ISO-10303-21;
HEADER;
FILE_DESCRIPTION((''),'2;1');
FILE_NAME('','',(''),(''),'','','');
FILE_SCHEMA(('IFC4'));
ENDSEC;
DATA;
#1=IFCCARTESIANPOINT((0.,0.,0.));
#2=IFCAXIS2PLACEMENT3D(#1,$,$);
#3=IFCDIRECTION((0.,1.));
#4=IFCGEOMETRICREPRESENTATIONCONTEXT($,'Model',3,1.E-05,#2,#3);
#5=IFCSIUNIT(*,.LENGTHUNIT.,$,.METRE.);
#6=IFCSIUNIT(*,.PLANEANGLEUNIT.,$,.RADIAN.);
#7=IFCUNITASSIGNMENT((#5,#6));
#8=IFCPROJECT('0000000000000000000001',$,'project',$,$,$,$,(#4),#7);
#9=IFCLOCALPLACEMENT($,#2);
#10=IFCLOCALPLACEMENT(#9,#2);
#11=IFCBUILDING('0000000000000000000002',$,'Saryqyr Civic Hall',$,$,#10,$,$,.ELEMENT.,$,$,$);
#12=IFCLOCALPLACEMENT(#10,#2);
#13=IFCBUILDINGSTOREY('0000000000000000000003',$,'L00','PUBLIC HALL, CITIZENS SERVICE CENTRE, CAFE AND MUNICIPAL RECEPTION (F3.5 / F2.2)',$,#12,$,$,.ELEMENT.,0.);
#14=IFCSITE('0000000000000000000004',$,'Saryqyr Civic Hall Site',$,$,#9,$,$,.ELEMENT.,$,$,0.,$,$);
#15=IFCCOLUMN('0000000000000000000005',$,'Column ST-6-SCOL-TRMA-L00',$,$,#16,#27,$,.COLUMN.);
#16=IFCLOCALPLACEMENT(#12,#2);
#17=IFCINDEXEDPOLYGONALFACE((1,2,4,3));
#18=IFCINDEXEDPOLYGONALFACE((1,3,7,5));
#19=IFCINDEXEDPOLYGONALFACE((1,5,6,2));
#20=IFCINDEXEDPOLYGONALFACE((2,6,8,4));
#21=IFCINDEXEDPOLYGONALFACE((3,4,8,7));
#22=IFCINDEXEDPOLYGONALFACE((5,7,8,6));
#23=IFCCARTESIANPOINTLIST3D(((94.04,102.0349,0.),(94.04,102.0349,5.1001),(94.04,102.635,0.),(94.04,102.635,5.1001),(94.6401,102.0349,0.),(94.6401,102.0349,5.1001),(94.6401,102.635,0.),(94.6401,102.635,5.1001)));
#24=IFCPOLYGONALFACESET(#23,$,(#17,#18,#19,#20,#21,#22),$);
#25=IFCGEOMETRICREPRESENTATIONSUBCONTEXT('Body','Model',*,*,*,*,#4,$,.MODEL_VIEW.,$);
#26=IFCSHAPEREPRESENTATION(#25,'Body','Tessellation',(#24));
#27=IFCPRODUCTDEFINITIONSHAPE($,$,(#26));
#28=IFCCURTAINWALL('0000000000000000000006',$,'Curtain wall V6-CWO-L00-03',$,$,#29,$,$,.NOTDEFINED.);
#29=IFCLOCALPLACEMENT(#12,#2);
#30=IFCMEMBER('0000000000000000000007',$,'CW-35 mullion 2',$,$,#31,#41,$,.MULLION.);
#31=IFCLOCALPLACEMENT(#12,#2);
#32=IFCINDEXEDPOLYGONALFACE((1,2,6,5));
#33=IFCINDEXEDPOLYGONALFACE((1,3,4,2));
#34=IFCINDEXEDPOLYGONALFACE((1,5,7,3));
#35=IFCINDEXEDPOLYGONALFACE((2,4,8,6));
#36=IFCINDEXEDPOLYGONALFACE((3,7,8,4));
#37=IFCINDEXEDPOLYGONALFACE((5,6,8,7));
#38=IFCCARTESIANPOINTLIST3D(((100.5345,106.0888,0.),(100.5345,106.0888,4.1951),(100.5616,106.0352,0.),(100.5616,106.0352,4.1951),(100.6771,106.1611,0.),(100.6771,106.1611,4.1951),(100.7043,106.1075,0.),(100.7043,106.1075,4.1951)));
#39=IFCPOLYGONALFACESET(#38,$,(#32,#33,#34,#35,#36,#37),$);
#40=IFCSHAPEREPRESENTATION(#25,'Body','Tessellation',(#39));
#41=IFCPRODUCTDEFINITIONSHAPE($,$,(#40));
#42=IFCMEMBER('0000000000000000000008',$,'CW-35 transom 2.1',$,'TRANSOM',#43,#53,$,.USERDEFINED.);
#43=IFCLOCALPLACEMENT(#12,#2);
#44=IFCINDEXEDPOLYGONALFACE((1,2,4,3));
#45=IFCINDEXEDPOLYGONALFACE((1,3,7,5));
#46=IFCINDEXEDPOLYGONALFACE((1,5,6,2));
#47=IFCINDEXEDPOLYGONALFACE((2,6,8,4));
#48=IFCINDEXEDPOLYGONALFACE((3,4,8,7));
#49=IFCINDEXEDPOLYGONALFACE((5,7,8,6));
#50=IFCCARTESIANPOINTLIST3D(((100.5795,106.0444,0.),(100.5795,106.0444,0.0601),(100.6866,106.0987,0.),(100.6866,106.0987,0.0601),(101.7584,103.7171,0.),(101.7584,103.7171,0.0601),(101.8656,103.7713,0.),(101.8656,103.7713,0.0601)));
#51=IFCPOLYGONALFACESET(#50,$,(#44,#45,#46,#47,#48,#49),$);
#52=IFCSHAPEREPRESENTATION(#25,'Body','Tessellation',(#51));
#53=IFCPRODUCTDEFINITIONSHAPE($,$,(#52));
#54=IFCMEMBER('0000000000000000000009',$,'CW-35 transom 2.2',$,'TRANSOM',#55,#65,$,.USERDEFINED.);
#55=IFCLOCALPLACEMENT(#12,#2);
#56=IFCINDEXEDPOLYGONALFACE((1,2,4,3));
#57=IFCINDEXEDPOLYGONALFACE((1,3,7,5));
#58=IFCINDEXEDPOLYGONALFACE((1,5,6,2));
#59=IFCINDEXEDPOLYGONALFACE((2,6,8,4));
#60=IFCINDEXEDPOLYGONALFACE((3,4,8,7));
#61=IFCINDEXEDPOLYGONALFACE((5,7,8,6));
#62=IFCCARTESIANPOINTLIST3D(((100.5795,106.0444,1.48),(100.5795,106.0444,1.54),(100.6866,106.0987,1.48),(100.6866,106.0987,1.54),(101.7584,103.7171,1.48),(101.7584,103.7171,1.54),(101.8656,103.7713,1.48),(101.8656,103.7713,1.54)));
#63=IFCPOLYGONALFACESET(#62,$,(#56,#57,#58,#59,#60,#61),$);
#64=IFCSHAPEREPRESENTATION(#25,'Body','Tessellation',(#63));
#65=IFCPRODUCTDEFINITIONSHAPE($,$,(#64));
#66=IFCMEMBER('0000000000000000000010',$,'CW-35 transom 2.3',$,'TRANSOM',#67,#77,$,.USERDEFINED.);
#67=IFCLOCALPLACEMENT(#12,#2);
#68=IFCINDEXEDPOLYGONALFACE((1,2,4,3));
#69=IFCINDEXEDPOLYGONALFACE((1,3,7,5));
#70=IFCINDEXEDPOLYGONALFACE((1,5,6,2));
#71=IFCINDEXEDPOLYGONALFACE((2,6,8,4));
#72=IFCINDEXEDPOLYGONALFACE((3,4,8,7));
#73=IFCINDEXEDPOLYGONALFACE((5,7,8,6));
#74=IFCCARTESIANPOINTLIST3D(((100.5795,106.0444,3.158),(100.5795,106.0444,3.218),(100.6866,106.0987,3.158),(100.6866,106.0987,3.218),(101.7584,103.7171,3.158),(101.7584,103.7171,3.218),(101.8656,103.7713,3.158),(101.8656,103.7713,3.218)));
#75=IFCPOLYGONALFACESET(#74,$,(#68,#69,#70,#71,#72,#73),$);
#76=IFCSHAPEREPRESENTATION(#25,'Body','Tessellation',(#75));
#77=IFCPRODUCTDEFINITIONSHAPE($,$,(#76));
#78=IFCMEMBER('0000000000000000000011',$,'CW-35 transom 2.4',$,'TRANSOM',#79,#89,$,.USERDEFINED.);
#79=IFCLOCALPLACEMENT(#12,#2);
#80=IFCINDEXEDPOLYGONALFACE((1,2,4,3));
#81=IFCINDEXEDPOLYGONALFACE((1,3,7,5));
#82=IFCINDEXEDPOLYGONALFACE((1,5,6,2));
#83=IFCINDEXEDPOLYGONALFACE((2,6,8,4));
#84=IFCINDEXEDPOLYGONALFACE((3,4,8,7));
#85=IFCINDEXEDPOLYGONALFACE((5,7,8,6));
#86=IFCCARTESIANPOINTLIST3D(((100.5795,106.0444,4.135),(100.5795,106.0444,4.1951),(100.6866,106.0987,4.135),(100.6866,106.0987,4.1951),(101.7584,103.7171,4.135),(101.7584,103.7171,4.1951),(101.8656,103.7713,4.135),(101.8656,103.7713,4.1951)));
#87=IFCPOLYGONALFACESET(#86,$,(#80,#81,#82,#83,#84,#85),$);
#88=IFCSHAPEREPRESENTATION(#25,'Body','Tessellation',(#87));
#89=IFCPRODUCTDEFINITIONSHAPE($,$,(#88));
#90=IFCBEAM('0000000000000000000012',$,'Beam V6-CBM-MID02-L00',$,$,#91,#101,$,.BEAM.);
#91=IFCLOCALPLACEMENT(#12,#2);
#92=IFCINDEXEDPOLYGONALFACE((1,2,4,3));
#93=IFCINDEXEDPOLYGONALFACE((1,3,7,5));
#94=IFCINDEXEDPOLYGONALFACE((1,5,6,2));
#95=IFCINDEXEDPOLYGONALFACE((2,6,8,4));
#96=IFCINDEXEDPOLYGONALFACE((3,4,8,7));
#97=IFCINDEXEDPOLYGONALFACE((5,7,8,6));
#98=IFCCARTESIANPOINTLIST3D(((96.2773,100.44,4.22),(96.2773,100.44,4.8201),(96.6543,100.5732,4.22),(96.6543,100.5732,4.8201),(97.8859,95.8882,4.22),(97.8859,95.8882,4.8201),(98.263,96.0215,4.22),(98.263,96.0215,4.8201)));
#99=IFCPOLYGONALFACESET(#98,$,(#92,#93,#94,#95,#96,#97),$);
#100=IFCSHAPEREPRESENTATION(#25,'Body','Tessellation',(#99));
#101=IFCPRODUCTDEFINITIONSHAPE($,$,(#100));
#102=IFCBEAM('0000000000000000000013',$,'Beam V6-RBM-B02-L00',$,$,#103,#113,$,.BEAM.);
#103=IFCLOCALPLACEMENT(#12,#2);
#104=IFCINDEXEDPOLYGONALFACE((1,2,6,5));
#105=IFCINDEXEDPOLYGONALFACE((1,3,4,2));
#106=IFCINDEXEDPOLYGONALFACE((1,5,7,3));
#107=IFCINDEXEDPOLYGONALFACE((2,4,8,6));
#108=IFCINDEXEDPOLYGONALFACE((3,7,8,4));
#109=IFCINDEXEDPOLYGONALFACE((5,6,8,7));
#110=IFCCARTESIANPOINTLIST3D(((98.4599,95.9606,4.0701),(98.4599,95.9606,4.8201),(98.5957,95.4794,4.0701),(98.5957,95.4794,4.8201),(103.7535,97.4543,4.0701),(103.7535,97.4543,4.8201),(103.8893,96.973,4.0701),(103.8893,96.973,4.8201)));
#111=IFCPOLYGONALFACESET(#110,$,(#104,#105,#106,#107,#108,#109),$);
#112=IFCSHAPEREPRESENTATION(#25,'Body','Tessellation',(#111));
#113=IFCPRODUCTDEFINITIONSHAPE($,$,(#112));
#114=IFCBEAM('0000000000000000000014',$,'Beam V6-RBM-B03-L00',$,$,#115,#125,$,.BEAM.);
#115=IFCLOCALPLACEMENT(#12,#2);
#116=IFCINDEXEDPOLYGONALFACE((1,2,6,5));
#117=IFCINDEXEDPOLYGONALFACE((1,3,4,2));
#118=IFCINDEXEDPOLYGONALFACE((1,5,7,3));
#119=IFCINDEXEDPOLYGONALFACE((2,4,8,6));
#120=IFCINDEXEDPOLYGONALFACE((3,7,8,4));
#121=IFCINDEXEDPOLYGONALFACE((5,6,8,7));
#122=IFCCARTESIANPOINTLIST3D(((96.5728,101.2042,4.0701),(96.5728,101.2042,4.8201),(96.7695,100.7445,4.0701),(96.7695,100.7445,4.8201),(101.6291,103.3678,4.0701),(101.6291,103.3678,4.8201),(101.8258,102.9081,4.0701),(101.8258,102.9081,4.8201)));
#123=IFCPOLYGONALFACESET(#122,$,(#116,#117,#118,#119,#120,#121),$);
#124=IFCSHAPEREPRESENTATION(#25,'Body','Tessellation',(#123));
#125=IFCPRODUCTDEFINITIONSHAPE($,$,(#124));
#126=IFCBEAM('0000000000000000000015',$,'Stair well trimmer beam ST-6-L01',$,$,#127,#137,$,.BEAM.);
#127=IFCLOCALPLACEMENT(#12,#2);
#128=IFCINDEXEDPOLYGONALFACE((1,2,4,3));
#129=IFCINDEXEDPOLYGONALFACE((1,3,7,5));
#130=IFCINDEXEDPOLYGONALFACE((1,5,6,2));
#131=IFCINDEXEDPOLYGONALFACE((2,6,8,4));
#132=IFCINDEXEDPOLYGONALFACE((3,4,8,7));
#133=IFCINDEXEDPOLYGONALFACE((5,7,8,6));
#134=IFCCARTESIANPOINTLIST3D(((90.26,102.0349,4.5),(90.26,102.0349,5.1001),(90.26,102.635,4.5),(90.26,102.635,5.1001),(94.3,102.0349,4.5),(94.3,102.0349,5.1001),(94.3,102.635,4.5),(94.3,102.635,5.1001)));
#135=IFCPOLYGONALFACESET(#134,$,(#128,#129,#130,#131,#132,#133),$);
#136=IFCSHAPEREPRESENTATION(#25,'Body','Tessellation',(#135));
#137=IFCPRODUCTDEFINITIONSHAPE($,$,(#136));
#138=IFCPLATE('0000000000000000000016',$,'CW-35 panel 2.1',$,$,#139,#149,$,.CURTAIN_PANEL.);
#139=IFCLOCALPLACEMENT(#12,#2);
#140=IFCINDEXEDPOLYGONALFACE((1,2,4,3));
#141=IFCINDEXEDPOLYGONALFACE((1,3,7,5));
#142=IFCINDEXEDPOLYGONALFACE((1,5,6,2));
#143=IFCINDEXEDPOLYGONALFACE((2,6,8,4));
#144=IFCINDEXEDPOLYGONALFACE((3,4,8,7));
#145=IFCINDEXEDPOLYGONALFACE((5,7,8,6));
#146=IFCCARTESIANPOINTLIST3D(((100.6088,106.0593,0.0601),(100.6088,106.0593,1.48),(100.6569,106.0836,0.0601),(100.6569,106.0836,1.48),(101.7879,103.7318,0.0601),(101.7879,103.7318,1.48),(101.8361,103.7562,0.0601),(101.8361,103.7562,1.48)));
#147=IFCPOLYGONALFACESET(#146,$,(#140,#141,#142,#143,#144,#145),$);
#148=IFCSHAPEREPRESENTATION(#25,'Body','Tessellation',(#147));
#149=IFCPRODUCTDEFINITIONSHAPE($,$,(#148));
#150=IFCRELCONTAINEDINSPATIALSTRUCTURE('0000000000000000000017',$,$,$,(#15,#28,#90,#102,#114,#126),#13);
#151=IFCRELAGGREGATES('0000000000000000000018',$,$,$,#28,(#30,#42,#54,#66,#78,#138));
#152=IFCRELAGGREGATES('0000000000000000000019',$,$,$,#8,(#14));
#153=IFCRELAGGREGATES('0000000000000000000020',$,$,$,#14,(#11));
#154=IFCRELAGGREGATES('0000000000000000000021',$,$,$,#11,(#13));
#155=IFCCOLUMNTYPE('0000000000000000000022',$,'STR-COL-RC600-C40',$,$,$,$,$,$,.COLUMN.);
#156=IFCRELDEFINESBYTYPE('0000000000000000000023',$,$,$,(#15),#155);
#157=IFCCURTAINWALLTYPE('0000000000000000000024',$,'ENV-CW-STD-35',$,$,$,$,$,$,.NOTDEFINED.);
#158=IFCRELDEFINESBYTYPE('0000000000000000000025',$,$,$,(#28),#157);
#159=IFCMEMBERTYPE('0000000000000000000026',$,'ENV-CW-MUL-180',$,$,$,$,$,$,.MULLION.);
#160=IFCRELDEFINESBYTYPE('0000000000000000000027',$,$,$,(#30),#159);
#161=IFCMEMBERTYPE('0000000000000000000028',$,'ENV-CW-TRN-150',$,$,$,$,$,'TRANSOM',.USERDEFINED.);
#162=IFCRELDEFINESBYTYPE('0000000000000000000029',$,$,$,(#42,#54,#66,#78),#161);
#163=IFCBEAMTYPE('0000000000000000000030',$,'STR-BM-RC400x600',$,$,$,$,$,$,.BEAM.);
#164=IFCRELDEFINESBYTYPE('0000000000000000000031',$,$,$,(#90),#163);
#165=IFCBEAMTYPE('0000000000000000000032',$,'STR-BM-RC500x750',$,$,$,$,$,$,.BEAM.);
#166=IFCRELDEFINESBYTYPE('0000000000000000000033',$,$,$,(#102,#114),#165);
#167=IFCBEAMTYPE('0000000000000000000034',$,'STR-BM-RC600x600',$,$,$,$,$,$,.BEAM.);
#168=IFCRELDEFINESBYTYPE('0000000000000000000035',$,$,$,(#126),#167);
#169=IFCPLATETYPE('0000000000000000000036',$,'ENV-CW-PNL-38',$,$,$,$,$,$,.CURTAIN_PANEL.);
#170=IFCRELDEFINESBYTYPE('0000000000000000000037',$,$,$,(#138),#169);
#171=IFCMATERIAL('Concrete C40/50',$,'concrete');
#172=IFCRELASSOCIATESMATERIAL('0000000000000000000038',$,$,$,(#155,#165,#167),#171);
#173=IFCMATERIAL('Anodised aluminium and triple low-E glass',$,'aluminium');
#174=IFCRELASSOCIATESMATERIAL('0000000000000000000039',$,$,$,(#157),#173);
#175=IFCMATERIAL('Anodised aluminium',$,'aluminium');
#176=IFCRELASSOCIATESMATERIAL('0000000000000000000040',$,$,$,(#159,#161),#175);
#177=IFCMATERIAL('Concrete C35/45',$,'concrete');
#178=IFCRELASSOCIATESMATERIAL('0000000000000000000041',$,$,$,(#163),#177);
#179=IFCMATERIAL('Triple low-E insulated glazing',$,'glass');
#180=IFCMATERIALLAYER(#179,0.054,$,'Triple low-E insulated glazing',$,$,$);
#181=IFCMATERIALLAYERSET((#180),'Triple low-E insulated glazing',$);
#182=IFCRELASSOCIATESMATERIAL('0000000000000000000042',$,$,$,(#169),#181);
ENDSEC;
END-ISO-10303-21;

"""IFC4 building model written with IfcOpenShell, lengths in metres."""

from ifc_helpers import new_model, si_unit, direction, frame, origin, origin_2d, place, context, subcontext, project, spatial, rectangle, extrude, material, layer, layer_set, material_profile, profile_set, type_object, element, aggregate, save


model = new_model("IFC4")

# Units and contexts
model_context = context("Model", 3, precision=1e-05, world=origin(), true_north=direction((0.0, 1.0)))
body_context = subcontext(model_context, "Body", "Model", "MODEL_VIEW")
ifc_project = project(units=[si_unit("LENGTHUNIT", "METRE"), si_unit("PLANEANGLEUNIT", "RADIAN")], contexts=[model_context])

# Site, building, storey
site_placement = place(None, origin())
site = spatial("IfcSite", under=ifc_project, at=site_placement, Name="Saryqyr Civic Hall Site", CompositionType="ELEMENT", RefElevation=0.0)
building_placement = place(site_placement, origin())
building = spatial("IfcBuilding", under=site, at=building_placement, Name="Saryqyr Civic Hall", CompositionType="ELEMENT")
storey_placement = place(building_placement, origin())
storey = spatial("IfcBuildingStorey", under=building, at=storey_placement, Name="L00", Description="PUBLIC HALL, CITIZENS SERVICE CENTRE, CAFE AND MUNICIPAL RECEPTION (F3.5 / F2.2)", CompositionType="ELEMENT", Elevation=0.0)

# Column
ifc_material_1 = material(Name="Concrete C40/50", Category="concrete")
ifc_material_profile_1 = material_profile(ifc_material_1, rectangle(XDim=0.6001, YDim=0.6001, at=origin_2d()), Name="RC 600x600")
ifc_profile_set_1 = profile_set([ifc_material_profile_1], Name="Concrete C40/50")
column_type_1 = type_object("IfcColumnType", Name="STR-COL-RC600-C40", PredefinedType="COLUMN", material=ifc_profile_set_1)
column_placement = place(storey_placement, frame((94.3401, 102.335, 0.0), z_axis=(0.0, 0.0, 1.0), x_axis=(1.0, 0.0, 0.0)))
element("IfcColumn", 1, at=column_placement, inside=storey, type_object=column_type_1, Name="Column ST-6-SCOL-TRMA-L00", PredefinedType="COLUMN", context=body_context, shape_type="SweptSolid", body=[
    extrude(rectangle(XDim=0.6001, YDim=0.6001, at=origin_2d()), origin(), (0.0, 0.0, 1.0), 5.1001),
])

# Curtain wall, members
ifc_material_2 = material(Name="Anodised aluminium and triple low-E glass", Category="aluminium")
curtain_wall_type = type_object("IfcCurtainWallType", Name="ENV-CW-STD-35", PredefinedType="NOTDEFINED", material=ifc_material_2)
curtain_wall_placement = place(storey_placement, origin())
curtain_wall = element("IfcCurtainWall", 2, at=curtain_wall_placement, inside=storey, type_object=curtain_wall_type, Name="Curtain wall V6-CWO-L00-03", PredefinedType="NOTDEFINED")
ifc_material_3 = material(Name="Anodised aluminium", Category="aluminium")
ifc_material_profile_2 = material_profile(ifc_material_3, rectangle(XDim=0.0601, YDim=0.1599, at=origin_2d()), Name="ALU MULLION 60x160")
ifc_profile_set_2 = profile_set([ifc_material_profile_2], Name="Anodised aluminium")
member_type_1 = type_object("IfcMemberType", Name="ENV-CW-MUL-180", PredefinedType="MULLION", material=ifc_profile_set_2)
member_1_placement = place(storey_placement, frame((100.6194, 106.0981, 0.0), z_axis=(0.0, 0.0, 1.0), x_axis=(0.451942, -0.892047, 0.0)))
member_1 = element("IfcMember", 3, at=member_1_placement, type_object=member_type_1, Name="CW-35 mullion 2", PredefinedType="MULLION", context=body_context, shape_type="SweptSolid", body=[
    extrude(rectangle(XDim=0.0601, YDim=0.1599, at=origin_2d()), origin(), (0.0, 0.0, 1.0), 4.1951),
])
ifc_material_profile_3 = material_profile(ifc_material_3, rectangle(XDim=0.1201, YDim=0.0601, at=origin_2d()), Name="ALU TRANSOM 120x60")
ifc_profile_set_3 = profile_set([ifc_material_profile_3], Name="Anodised aluminium")
member_type_2 = type_object("IfcMemberType", Name="ENV-CW-TRN-150", ElementType="TRANSOM", PredefinedType="USERDEFINED", material=ifc_profile_set_3)
member_2_placement = place(storey_placement, frame((100.6331, 106.0715, 0.03), z_axis=(0.451886, -0.892076, 0.0), x_axis=(0.892076, 0.451886, 0.0)))
member_2 = element("IfcMember", 4, at=member_2_placement, type_object=member_type_2, Name="CW-35 transom 2.1", ObjectType="TRANSOM", PredefinedType="USERDEFINED", context=body_context, shape_type="SweptSolid", body=[
    extrude(rectangle(XDim=0.1201, YDim=0.0601, at=origin_2d()), origin(), (0.0, 0.0, 1.0), 2.6089),
])
member_3_placement = place(storey_placement, frame((100.6331, 106.0715, 1.51), z_axis=(0.451886, -0.892076, 0.0), x_axis=(0.892076, 0.451886, 0.0)))
member_3 = element("IfcMember", 5, at=member_3_placement, type_object=member_type_2, Name="CW-35 transom 2.2", ObjectType="TRANSOM", PredefinedType="USERDEFINED", context=body_context, shape_type="SweptSolid", body=[
    extrude(rectangle(XDim=0.1201, YDim=0.0601, at=origin_2d()), origin(), (0.0, 0.0, 1.0), 2.6089),
])
member_4_placement = place(storey_placement, frame((100.6331, 106.0715, 3.188), z_axis=(0.451886, -0.892076, 0.0), x_axis=(0.892076, 0.451886, 0.0)))
member_4 = element("IfcMember", 6, at=member_4_placement, type_object=member_type_2, Name="CW-35 transom 2.3", ObjectType="TRANSOM", PredefinedType="USERDEFINED", context=body_context, shape_type="SweptSolid", body=[
    extrude(rectangle(XDim=0.1201, YDim=0.0601, at=origin_2d()), origin(), (0.0, 0.0, 1.0), 2.6089),
])
member_5_placement = place(storey_placement, frame((100.6331, 106.0715, 4.165), z_axis=(0.451886, -0.892076, 0.0), x_axis=(0.892076, 0.451886, 0.0)))
member_5 = element("IfcMember", 7, at=member_5_placement, type_object=member_type_2, Name="CW-35 transom 2.4", ObjectType="TRANSOM", PredefinedType="USERDEFINED", context=body_context, shape_type="SweptSolid", body=[
    extrude(rectangle(XDim=0.1201, YDim=0.0601, at=origin_2d()), origin(), (0.0, 0.0, 1.0), 2.6089),
])

# Beams
ifc_material_4 = material(Name="Concrete C35/45", Category="concrete")
ifc_material_profile_4 = material_profile(ifc_material_4, rectangle(XDim=0.3999, YDim=0.6001, at=origin_2d()), Name="RC 400x600")
ifc_profile_set_4 = profile_set([ifc_material_profile_4], Name="Concrete C35/45")
beam_type_1 = type_object("IfcBeamType", Name="STR-BM-RC400x600", PredefinedType="BEAM", material=ifc_profile_set_4)
beam_1_placement = place(storey_placement, frame((98.0745, 95.9548, 4.52), z_axis=(-0.333214, 0.942851, 0.0), x_axis=(-0.942851, -0.333214, 0.0)))
element("IfcBeam", 8, at=beam_1_placement, inside=storey, type_object=beam_type_1, Name="Beam V6-CBM-MID02-L00", PredefinedType="BEAM", context=body_context, shape_type="SweptSolid", body=[
    extrude(rectangle(XDim=0.3999, YDim=0.6001, at=origin_2d()), origin(), (0.0, 0.0, 1.0), 4.8276),
])
ifc_material_profile_5 = material_profile(ifc_material_1, rectangle(XDim=0.5, YDim=0.75, at=origin_2d()), Name="RC 500x750")
ifc_profile_set_5 = profile_set([ifc_material_profile_5], Name="Concrete C40/50")
beam_type_2 = type_object("IfcBeamType", Name="STR-BM-RC500x750", PredefinedType="BEAM", material=ifc_profile_set_5)
beam_2_placement = place(storey_placement, frame((98.5278, 95.72, 4.4451), z_axis=(0.96242, 0.271566, 0.0), x_axis=(-0.271566, 0.96242, 0.0)))
element("IfcBeam", 9, at=beam_2_placement, inside=storey, type_object=beam_type_2, Name="Beam V6-RBM-B02-L00", PredefinedType="BEAM", context=body_context, shape_type="SweptSolid", body=[
    extrude(rectangle(XDim=0.5, YDim=0.75, at=origin_2d()), origin(), (0.0, 0.0, 1.0), 5.5002),
])
beam_3_placement = place(storey_placement, frame((96.6711, 100.9744, 4.4451), z_axis=(0.919372, 0.393389, 0.0), x_axis=(-0.393389, 0.919372, 0.0)))
element("IfcBeam", 10, at=beam_3_placement, inside=storey, type_object=beam_type_2, Name="Beam V6-RBM-B03-L00", PredefinedType="BEAM", context=body_context, shape_type="SweptSolid", body=[
    extrude(rectangle(XDim=0.5, YDim=0.75, at=origin_2d()), origin(), (0.0, 0.0, 1.0), 5.4998),
])
ifc_material_profile_6 = material_profile(ifc_material_1, rectangle(XDim=0.6001, YDim=0.6001, at=origin_2d()), Name="RC 600x600")
ifc_profile_set_6 = profile_set([ifc_material_profile_6], Name="Concrete C40/50")
beam_type_3 = type_object("IfcBeamType", Name="STR-BM-RC600x600", PredefinedType="BEAM", material=ifc_profile_set_6)
beam_4_placement = place(storey_placement, frame((94.3, 102.335, 4.8), z_axis=(-1.0, 0.0, 0.0), x_axis=(0.0, -1.0, 0.0)))
element("IfcBeam", 11, at=beam_4_placement, inside=storey, type_object=beam_type_3, Name="Stair well trimmer beam ST-6-L01", PredefinedType="BEAM", context=body_context, shape_type="SweptSolid", body=[
    extrude(rectangle(XDim=0.6001, YDim=0.6001, at=origin_2d()), origin(), (0.0, 0.0, 1.0), 4.04),
])

# Plate
ifc_material_5 = material(Name="Triple low-E insulated glazing", Category="glass")
ifc_layer_1 = layer(ifc_material_5, 0.054, Name="Triple low-E insulated glazing")
ifc_layer_set_1 = layer_set([ifc_layer_1], Name="Triple low-E insulated glazing")
plate_type = type_object("IfcPlateType", Name="ENV-CW-PNL-38", PredefinedType="CURTAIN_PANEL", material=ifc_layer_set_1)
plate_placement = place(storey_placement, frame((101.2224, 104.9077, 0.0601), z_axis=(0.0, 0.0, 1.0), x_axis=(0.451942, -0.892047, 0.0)))
plate = element("IfcPlate", 12, at=plate_placement, type_object=plate_type, Name="CW-35 panel 2.1", PredefinedType="CURTAIN_PANEL", context=body_context, shape_type="SweptSolid", body=[
    extrude(rectangle(XDim=2.6091, YDim=0.054, at=origin_2d()), origin(), (0.0, 0.0, 1.0), 1.4199),
])
aggregate(curtain_wall, [member_1, member_2, member_3, member_4, member_5, plate])

save(model, "model.ifc")
